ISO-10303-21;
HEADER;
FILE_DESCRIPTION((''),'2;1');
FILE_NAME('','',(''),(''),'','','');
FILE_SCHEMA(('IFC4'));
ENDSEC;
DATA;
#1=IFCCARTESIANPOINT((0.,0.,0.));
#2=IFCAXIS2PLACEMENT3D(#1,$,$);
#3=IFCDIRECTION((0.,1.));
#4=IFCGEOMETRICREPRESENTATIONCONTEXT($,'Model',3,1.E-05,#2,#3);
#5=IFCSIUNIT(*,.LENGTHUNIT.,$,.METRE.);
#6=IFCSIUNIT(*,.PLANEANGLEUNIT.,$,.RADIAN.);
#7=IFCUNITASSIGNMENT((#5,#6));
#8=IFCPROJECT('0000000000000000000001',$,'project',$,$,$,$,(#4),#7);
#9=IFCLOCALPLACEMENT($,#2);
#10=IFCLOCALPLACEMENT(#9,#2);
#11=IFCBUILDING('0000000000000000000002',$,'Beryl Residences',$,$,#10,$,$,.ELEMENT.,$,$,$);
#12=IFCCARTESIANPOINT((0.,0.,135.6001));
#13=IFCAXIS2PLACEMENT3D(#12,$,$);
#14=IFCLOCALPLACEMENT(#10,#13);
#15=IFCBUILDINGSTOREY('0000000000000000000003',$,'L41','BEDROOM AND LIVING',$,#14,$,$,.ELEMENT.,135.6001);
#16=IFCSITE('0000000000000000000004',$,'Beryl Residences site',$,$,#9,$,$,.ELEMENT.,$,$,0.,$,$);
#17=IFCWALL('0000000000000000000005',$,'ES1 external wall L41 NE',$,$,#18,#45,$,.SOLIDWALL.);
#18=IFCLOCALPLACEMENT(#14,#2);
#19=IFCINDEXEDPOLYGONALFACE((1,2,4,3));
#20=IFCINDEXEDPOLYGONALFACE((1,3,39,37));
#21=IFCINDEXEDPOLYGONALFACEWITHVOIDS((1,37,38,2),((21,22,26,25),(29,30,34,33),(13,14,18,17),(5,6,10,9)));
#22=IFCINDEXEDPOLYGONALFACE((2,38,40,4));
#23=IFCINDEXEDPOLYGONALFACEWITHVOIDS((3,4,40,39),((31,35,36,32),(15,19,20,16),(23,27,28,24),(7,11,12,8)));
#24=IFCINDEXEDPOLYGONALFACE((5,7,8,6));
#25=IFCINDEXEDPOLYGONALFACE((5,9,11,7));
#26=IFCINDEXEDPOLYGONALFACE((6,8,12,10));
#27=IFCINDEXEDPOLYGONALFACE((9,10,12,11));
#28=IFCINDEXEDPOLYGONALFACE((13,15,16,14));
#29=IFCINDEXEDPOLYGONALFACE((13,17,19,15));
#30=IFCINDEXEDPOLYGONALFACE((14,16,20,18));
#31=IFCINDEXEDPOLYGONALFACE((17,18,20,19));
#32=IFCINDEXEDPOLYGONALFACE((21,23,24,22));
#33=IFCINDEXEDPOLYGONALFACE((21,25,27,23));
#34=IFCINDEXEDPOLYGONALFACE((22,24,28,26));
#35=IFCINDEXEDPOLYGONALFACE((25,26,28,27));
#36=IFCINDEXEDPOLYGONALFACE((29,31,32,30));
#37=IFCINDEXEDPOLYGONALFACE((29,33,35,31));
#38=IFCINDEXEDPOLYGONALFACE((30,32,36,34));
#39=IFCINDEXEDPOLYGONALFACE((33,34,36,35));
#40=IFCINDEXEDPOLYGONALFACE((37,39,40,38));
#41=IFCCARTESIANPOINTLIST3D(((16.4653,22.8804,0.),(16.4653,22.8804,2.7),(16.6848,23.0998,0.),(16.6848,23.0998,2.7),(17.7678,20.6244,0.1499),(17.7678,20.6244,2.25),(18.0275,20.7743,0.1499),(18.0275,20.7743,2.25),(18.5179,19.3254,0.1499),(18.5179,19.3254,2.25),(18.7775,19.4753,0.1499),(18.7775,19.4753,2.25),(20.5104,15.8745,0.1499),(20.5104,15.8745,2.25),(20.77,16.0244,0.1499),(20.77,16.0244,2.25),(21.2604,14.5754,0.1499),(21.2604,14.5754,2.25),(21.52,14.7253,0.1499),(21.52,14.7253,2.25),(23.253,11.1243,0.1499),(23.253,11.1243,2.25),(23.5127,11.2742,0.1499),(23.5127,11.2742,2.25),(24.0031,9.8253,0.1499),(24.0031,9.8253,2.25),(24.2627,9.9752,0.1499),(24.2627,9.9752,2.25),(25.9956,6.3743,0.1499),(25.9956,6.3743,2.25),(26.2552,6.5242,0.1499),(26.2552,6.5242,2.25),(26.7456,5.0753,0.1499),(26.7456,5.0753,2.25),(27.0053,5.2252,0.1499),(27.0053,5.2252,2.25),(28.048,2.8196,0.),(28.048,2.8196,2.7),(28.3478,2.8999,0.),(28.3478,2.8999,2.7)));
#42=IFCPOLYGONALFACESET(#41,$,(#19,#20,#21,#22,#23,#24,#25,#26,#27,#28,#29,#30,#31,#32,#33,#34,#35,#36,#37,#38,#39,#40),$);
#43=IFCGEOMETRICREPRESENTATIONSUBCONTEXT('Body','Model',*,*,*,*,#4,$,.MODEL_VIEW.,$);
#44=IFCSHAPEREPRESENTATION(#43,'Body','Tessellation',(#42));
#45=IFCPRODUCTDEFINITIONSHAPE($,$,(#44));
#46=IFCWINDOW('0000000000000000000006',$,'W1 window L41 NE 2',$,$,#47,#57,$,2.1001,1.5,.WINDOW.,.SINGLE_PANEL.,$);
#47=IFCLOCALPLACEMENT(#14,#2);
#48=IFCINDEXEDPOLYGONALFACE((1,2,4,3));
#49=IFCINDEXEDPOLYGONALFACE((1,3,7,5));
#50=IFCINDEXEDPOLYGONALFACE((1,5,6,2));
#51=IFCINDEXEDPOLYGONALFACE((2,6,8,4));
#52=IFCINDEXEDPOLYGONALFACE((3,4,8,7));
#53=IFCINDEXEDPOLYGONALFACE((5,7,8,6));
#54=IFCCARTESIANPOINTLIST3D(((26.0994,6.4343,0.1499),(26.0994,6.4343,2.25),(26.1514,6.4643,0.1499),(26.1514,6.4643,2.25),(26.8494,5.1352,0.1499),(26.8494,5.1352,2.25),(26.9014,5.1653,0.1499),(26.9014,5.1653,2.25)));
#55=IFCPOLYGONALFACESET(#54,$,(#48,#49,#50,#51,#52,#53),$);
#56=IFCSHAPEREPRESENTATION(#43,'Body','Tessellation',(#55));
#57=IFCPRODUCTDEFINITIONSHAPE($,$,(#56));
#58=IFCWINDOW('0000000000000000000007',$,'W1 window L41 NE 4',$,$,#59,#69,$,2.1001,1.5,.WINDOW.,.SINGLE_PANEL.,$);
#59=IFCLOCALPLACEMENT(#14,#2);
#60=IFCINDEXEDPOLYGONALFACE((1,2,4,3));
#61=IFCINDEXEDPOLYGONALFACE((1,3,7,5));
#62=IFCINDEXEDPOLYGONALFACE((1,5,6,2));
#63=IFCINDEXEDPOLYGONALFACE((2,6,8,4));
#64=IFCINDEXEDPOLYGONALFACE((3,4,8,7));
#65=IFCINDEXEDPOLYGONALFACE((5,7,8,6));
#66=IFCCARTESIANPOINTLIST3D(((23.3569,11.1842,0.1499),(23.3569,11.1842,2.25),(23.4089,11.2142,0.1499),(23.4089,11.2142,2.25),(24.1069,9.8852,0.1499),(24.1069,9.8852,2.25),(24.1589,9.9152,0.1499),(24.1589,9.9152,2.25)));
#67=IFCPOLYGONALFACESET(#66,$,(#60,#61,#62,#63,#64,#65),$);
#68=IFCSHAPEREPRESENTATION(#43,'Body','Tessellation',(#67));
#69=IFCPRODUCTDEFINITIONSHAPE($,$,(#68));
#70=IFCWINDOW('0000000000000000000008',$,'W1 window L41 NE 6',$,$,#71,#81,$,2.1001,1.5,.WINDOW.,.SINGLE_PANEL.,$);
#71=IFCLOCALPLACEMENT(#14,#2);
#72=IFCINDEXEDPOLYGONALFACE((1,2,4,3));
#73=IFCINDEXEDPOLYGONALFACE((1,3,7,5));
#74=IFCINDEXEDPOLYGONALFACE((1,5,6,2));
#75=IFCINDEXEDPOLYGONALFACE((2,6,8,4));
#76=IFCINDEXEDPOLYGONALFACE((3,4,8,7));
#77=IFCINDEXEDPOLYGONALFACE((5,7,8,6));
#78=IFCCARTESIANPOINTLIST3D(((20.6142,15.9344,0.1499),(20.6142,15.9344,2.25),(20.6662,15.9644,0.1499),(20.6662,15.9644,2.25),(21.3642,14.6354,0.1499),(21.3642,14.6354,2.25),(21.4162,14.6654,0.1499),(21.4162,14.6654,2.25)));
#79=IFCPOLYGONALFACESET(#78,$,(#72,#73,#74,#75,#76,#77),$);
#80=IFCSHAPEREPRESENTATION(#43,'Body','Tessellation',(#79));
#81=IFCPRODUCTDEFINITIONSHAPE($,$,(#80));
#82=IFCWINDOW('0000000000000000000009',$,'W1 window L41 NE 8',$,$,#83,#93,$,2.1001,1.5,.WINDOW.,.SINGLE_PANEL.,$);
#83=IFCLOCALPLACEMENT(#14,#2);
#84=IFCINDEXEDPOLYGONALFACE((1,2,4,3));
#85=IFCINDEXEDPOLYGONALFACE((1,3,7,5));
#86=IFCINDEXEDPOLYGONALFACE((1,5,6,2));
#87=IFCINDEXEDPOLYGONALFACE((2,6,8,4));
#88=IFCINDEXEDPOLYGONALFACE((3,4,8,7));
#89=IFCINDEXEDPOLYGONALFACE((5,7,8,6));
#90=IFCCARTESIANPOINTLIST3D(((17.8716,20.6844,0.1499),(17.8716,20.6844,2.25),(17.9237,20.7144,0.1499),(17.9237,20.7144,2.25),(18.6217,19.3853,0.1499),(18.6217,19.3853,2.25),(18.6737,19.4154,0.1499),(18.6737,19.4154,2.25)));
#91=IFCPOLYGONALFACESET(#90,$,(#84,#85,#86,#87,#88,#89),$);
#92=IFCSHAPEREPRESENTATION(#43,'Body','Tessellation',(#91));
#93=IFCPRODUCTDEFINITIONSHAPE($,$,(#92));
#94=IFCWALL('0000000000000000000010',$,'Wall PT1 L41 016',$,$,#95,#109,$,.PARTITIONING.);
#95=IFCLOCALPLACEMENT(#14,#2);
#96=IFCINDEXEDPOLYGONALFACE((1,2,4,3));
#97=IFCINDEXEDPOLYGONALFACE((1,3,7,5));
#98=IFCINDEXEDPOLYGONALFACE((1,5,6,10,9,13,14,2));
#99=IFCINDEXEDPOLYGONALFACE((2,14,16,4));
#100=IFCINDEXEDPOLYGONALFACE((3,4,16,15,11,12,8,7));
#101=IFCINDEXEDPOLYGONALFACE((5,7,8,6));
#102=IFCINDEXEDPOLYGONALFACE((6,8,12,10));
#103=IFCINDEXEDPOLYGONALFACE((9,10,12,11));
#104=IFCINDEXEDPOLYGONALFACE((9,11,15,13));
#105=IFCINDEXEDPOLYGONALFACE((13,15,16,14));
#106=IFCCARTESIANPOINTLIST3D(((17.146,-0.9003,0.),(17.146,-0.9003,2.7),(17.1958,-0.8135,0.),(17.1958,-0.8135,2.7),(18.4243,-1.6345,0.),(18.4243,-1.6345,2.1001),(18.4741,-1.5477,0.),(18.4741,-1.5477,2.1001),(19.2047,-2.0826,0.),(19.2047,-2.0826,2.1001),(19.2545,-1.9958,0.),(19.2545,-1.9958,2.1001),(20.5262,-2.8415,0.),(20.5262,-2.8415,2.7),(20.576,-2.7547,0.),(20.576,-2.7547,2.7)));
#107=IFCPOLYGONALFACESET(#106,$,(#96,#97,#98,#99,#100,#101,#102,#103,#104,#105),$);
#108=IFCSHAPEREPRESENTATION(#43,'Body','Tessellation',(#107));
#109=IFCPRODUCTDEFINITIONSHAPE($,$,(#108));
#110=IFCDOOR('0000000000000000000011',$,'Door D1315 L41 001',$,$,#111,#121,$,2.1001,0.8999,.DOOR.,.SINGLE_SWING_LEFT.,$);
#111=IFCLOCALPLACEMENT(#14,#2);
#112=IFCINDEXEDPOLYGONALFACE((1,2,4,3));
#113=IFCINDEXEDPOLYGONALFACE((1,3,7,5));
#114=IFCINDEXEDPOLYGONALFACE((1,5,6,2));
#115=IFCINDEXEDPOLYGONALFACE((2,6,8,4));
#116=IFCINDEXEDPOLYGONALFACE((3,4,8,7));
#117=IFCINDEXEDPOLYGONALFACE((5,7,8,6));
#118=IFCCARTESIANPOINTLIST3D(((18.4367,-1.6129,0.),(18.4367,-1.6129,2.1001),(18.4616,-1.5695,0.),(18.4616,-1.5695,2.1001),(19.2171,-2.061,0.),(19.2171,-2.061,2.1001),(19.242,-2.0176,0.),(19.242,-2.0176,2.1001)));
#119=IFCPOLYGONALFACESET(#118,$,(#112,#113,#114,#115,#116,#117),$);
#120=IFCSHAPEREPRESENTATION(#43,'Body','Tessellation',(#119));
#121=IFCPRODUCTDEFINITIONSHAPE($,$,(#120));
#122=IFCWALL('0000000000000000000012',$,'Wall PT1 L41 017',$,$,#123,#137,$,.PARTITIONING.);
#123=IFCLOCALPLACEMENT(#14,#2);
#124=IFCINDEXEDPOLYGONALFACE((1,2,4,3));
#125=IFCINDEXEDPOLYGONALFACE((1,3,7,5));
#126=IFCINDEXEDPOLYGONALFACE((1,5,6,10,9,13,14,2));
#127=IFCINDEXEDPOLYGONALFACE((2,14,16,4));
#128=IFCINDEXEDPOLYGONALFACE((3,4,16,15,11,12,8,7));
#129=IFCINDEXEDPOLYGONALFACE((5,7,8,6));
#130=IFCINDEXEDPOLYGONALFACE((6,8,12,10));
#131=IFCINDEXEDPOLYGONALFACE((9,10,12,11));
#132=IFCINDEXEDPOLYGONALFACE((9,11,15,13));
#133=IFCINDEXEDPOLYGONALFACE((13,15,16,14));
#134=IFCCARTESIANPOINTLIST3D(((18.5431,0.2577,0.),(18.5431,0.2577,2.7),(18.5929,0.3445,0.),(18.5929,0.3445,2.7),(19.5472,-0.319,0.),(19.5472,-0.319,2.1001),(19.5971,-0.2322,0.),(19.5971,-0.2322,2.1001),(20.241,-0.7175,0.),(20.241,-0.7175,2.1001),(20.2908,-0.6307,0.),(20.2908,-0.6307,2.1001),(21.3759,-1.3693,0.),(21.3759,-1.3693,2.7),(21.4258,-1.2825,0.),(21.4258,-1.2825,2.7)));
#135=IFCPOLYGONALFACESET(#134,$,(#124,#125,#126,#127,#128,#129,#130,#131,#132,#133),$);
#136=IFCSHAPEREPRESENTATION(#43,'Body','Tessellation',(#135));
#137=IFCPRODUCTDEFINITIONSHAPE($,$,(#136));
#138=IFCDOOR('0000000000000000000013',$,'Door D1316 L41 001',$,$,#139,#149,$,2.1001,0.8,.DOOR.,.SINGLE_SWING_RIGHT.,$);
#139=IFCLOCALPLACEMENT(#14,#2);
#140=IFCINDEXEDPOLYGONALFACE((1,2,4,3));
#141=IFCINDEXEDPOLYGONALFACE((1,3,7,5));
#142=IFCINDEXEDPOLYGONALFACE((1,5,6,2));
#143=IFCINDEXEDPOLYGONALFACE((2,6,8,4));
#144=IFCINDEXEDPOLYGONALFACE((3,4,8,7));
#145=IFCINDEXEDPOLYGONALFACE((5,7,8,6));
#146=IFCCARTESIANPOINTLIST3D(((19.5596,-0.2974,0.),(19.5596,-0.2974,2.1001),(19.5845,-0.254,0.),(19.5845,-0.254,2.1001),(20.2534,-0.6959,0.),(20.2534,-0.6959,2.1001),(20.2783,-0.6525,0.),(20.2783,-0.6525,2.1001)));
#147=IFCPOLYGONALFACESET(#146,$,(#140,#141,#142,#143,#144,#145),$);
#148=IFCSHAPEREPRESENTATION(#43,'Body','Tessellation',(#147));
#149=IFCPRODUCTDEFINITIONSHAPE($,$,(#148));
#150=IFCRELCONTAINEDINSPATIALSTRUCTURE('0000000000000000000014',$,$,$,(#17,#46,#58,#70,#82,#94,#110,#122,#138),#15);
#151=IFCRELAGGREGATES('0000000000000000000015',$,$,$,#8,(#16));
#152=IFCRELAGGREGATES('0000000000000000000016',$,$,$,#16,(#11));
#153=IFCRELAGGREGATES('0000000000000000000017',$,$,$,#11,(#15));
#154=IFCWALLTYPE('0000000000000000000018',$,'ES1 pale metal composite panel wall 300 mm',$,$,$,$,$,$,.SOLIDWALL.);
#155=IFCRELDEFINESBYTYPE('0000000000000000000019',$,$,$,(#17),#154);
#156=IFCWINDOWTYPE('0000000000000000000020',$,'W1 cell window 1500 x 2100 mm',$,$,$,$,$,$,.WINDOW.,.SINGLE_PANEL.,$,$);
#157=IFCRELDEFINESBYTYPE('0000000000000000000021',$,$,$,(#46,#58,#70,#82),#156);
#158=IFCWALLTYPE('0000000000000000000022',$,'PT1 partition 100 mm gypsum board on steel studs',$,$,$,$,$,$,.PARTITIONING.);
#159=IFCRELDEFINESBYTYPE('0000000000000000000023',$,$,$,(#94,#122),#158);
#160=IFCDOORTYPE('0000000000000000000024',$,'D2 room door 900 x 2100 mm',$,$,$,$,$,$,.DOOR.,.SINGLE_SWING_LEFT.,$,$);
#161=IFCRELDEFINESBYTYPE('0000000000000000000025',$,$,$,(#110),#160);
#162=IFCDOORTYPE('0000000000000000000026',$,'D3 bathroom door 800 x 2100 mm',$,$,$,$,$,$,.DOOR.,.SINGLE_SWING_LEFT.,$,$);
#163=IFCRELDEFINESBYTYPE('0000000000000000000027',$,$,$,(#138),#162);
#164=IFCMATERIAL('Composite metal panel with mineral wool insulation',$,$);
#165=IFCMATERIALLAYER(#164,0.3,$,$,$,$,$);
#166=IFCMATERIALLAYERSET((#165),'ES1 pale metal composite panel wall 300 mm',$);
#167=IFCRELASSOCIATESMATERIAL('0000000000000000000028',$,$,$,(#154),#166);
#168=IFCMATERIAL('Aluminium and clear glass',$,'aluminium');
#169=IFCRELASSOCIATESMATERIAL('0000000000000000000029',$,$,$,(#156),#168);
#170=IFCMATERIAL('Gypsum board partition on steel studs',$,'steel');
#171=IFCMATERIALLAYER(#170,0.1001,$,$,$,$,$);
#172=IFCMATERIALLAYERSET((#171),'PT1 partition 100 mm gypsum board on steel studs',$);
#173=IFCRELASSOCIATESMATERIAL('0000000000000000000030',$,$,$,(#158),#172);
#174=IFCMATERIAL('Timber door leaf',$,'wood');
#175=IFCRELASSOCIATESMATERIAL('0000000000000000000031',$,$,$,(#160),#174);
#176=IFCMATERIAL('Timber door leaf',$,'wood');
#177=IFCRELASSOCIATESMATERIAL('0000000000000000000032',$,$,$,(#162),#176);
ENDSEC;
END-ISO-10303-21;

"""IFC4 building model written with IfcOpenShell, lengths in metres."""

from ifc_helpers import new_model, si_unit, direction, frame, frame_2d, origin, place, context, subcontext, project, spatial, polyline, rectangle, outline, extrude, material, layer, layer_set, type_object, element, fill, save


model = new_model("IFC4")

# Units and contexts
model_context = context("Model", 3, precision=1e-05, world=origin(), true_north=direction((0.0, 1.0)))
body_context = subcontext(model_context, "Body", "Model", "MODEL_VIEW")
ifc_project = project(units=[si_unit("LENGTHUNIT", "METRE"), si_unit("PLANEANGLEUNIT", "RADIAN")], contexts=[model_context])

# Site, building, storey
site_placement = place(None, origin())
site = spatial("IfcSite", under=ifc_project, at=site_placement, Name="Beryl Residences site", CompositionType="ELEMENT", RefElevation=0.0)
building_placement = place(site_placement, origin())
building = spatial("IfcBuilding", under=site, at=building_placement, Name="Beryl Residences", CompositionType="ELEMENT")
storey_placement = place(building_placement, frame((0.0, 0.0, 135.6001)))
storey = spatial("IfcBuildingStorey", under=building, at=storey_placement, Name="L41", Description="BEDROOM AND LIVING", CompositionType="ELEMENT", Elevation=135.6001)

# Shared definitions
ifc_material_1 = material(Name="Composite metal panel with mineral wool insulation")
ifc_layer_1 = layer(ifc_material_1, 0.3)
ifc_layer_set_1 = layer_set([ifc_layer_1], Name="ES1 pale metal composite panel wall 300 mm")
wall_type_1 = type_object("IfcWallType", Name="ES1 pale metal composite panel wall 300 mm", PredefinedType="SOLIDWALL", material=ifc_layer_set_1)

# Wall, openings, windows
wall_1_placement = place(storey_placement, frame((28.218, 2.825, 0.0), z_axis=(0.0, 0.0, 1.0), x_axis=(-0.500021, 0.866014, 0.0)))
wall_1 = element("IfcWall", 1, at=wall_1_placement, inside=storey, type_object=wall_type_1, Name="ES1 external wall L41 NE", PredefinedType="SOLIDWALL", context=body_context, shape_type="SweptSolid", body=[
    extrude(outline(polyline([(0.0, -0.1499), (23.3252, -0.1499), (23.2449, 0.1499), (0.0803, 0.1499), (0.0, -0.1499)])), origin(), (0.0, 0.0, 1.0), 2.7),
])
opening_1_placement = place(wall_1_placement, frame((2.6851, 0.0, 0.1499)))
opening_1 = element("IfcOpeningElement", 2, at=opening_1_placement, cuts=wall_1, PredefinedType="OPENING", context=body_context, shape_type="SweptSolid", body=[
    extrude(rectangle(XDim=1.5, YDim=2.1001, at=frame_2d((0.75, 1.05))), frame((0.0, 0.1599, 0.0), z_axis=(0.0, -1.0, 0.0), x_axis=(1.0, 0.0, 0.0)), (0.0, 0.0, 1.0), 0.3201),
])
opening_2_placement = place(wall_1_placement, frame((8.1699, 0.0, 0.1499)))
opening_2 = element("IfcOpeningElement", 3, at=opening_2_placement, cuts=wall_1, PredefinedType="OPENING", context=body_context, shape_type="SweptSolid", body=[
    extrude(rectangle(XDim=1.5, YDim=2.1001, at=frame_2d((0.75, 1.05))), frame((0.0, 0.1599, 0.0), z_axis=(0.0, -1.0, 0.0), x_axis=(1.0, 0.0, 0.0)), (0.0, 0.0, 1.0), 0.3201),
])
opening_3_placement = place(wall_1_placement, frame((13.655, 0.0, 0.1499)))
opening_3 = element("IfcOpeningElement", 4, at=opening_3_placement, cuts=wall_1, PredefinedType="OPENING", context=body_context, shape_type="SweptSolid", body=[
    extrude(rectangle(XDim=1.5, YDim=2.1001, at=frame_2d((0.75, 1.05))), frame((0.0, 0.1599, 0.0), z_axis=(0.0, -1.0, 0.0), x_axis=(1.0, 0.0, 0.0)), (0.0, 0.0, 1.0), 0.3201),
])
opening_4_placement = place(wall_1_placement, frame((19.1399, 0.0, 0.1499)))
opening_4 = element("IfcOpeningElement", 5, at=opening_4_placement, cuts=wall_1, PredefinedType="OPENING", context=body_context, shape_type="SweptSolid", body=[
    extrude(rectangle(XDim=1.5, YDim=2.1001, at=frame_2d((0.75, 1.05))), frame((0.0, 0.1599, 0.0), z_axis=(0.0, -1.0, 0.0), x_axis=(1.0, 0.0, 0.0)), (0.0, 0.0, 1.0), 0.3201),
])
ifc_material_2 = material(Name="Aluminium and clear glass", Category="aluminium")
window_type_1 = type_object("IfcWindowType", Name="W1 cell window 1500 x 2100 mm", PartitioningType="SINGLE_PANEL", PredefinedType="WINDOW", material=ifc_material_2)
window_1_placement = place(opening_1_placement, origin())
window_1 = element("IfcWindow", 6, at=window_1_placement, inside=storey, type_object=window_type_1, Name="W1 window L41 NE 2", OverallHeight=2.1001, OverallWidth=1.5, PartitioningType="SINGLE_PANEL", PredefinedType="WINDOW", context=body_context, shape_type="SweptSolid", body=[
    extrude(rectangle(XDim=1.5, YDim=2.1001, at=frame_2d((0.75, 1.05))), frame((0.0, 0.03, 0.0), z_axis=(0.0, -1.0, 0.0), x_axis=(1.0, 0.0, 0.0)), (0.0, 0.0, 1.0), 0.0601),
])
fill(opening_1, window_1)
window_2_placement = place(opening_2_placement, origin())
window_2 = element("IfcWindow", 7, at=window_2_placement, inside=storey, type_object=window_type_1, Name="W1 window L41 NE 4", OverallHeight=2.1001, OverallWidth=1.5, PartitioningType="SINGLE_PANEL", PredefinedType="WINDOW", context=body_context, shape_type="SweptSolid", body=[
    extrude(rectangle(XDim=1.5, YDim=2.1001, at=frame_2d((0.75, 1.05))), frame((0.0, 0.03, 0.0), z_axis=(0.0, -1.0, 0.0), x_axis=(1.0, 0.0, 0.0)), (0.0, 0.0, 1.0), 0.0601),
])
fill(opening_2, window_2)
window_3_placement = place(opening_3_placement, origin())
window_3 = element("IfcWindow", 8, at=window_3_placement, inside=storey, type_object=window_type_1, Name="W1 window L41 NE 6", OverallHeight=2.1001, OverallWidth=1.5, PartitioningType="SINGLE_PANEL", PredefinedType="WINDOW", context=body_context, shape_type="SweptSolid", body=[
    extrude(rectangle(XDim=1.5, YDim=2.1001, at=frame_2d((0.75, 1.05))), frame((0.0, 0.03, 0.0), z_axis=(0.0, -1.0, 0.0), x_axis=(1.0, 0.0, 0.0)), (0.0, 0.0, 1.0), 0.0601),
])
fill(opening_3, window_3)
window_4_placement = place(opening_4_placement, origin())
window_4 = element("IfcWindow", 9, at=window_4_placement, inside=storey, type_object=window_type_1, Name="W1 window L41 NE 8", OverallHeight=2.1001, OverallWidth=1.5, PartitioningType="SINGLE_PANEL", PredefinedType="WINDOW", context=body_context, shape_type="SweptSolid", body=[
    extrude(rectangle(XDim=1.5, YDim=2.1001, at=frame_2d((0.75, 1.05))), frame((0.0, 0.03, 0.0), z_axis=(0.0, -1.0, 0.0), x_axis=(1.0, 0.0, 0.0)), (0.0, 0.0, 1.0), 0.0601),
])
fill(opening_4, window_4)

# Walls, openings, doors
ifc_material_3 = material(Name="Gypsum board partition on steel studs", Category="steel")
ifc_layer_2 = layer(ifc_material_3, 0.1001)
ifc_layer_set_2 = layer_set([ifc_layer_2], Name="PT1 partition 100 mm gypsum board on steel studs")
wall_type_2 = type_object("IfcWallType", Name="PT1 partition 100 mm gypsum board on steel studs", PredefinedType="PARTITIONING", material=ifc_layer_set_2)
wall_2_placement = place(storey_placement, frame((17.1709, -0.8569, 0.0), z_axis=(0.0, 0.0, 1.0), x_axis=(0.867173, -0.498006, 0.0)))
wall_2 = element("IfcWall", 10, at=wall_2_placement, inside=storey, type_object=wall_type_2, Name="Wall PT1 L41 016", PredefinedType="PARTITIONING", context=body_context, shape_type="SweptSolid", body=[
    extrude(rectangle(XDim=3.8979, YDim=0.1001, at=frame_2d((1.949, 0.0))), origin(), (0.0, 0.0, 1.0), 2.7),
])
opening_5_placement = place(wall_2_placement, frame((1.4741, 0.0, 0.0)))
opening_5 = element("IfcOpeningElement", 11, at=opening_5_placement, cuts=wall_2, PredefinedType="OPENING", context=body_context, shape_type="SweptSolid", body=[
    extrude(rectangle(XDim=0.8999, YDim=2.1001, at=frame_2d((0.45, 1.05))), frame((0.0, 0.0601, 0.0), z_axis=(0.0, -1.0, 0.0), x_axis=(1.0, 0.0, 0.0)), (0.0, 0.0, 1.0), 0.1201),
])
ifc_material_4 = material(Name="Timber door leaf", Category="wood")
door_type_1 = type_object("IfcDoorType", Name="D2 room door 900 x 2100 mm", OperationType="SINGLE_SWING_LEFT", PredefinedType="DOOR", material=ifc_material_4)
door_1_placement = place(opening_5_placement, origin())
door_1 = element("IfcDoor", 12, at=door_1_placement, inside=storey, type_object=door_type_1, Name="Door D1315 L41 001", OperationType="SINGLE_SWING_LEFT", OverallHeight=2.1001, OverallWidth=0.8999, PredefinedType="DOOR", context=body_context, shape_type="SweptSolid", body=[
    extrude(rectangle(XDim=0.8999, YDim=2.1001, at=frame_2d((0.45, 1.05))), frame((0.0, 0.0249, 0.0), z_axis=(0.0, -1.0, 0.0), x_axis=(1.0, 0.0, 0.0)), (0.0, 0.0, 1.0), 0.05),
])
fill(opening_5, door_1)
wall_3_placement = place(storey_placement, frame((18.5681, 0.301, 0.0), z_axis=(0.0, 0.0, 1.0), x_axis=(0.867156, -0.498037, 0.0)))
wall_3 = element("IfcWall", 13, at=wall_3_placement, inside=storey, type_object=wall_type_2, Name="Wall PT1 L41 017", PredefinedType="PARTITIONING", context=body_context, shape_type="SweptSolid", body=[
    extrude(rectangle(XDim=3.2668, YDim=0.1001, at=frame_2d((1.6333, 0.0))), origin(), (0.0, 0.0, 1.0), 2.7),
])
opening_6_placement = place(wall_3_placement, frame((1.158, 0.0, 0.0)))
opening_6 = element("IfcOpeningElement", 14, at=opening_6_placement, cuts=wall_3, PredefinedType="OPENING", context=body_context, shape_type="SweptSolid", body=[
    extrude(rectangle(XDim=0.8, YDim=2.1001, at=frame_2d((0.3999, 1.05))), frame((0.0, 0.0601, 0.0), z_axis=(0.0, -1.0, 0.0), x_axis=(1.0, 0.0, 0.0)), (0.0, 0.0, 1.0), 0.1201),
])
ifc_material_5 = material(Name="Timber door leaf", Category="wood")
door_type_2 = type_object("IfcDoorType", Name="D3 bathroom door 800 x 2100 mm", OperationType="SINGLE_SWING_LEFT", PredefinedType="DOOR", material=ifc_material_5)
door_2_placement = place(opening_6_placement, origin())
door_2 = element("IfcDoor", 15, at=door_2_placement, inside=storey, type_object=door_type_2, Name="Door D1316 L41 001", OperationType="SINGLE_SWING_RIGHT", OverallHeight=2.1001, OverallWidth=0.8, PredefinedType="DOOR", context=body_context, shape_type="SweptSolid", body=[
    extrude(rectangle(XDim=0.8, YDim=2.1001, at=frame_2d((0.3999, 1.05))), frame((0.0, 0.0249, 0.0), z_axis=(0.0, -1.0, 0.0), x_axis=(1.0, 0.0, 0.0)), (0.0, 0.0, 1.0), 0.05),
])
fill(opening_6, door_2)

save(model, "model.ifc")
